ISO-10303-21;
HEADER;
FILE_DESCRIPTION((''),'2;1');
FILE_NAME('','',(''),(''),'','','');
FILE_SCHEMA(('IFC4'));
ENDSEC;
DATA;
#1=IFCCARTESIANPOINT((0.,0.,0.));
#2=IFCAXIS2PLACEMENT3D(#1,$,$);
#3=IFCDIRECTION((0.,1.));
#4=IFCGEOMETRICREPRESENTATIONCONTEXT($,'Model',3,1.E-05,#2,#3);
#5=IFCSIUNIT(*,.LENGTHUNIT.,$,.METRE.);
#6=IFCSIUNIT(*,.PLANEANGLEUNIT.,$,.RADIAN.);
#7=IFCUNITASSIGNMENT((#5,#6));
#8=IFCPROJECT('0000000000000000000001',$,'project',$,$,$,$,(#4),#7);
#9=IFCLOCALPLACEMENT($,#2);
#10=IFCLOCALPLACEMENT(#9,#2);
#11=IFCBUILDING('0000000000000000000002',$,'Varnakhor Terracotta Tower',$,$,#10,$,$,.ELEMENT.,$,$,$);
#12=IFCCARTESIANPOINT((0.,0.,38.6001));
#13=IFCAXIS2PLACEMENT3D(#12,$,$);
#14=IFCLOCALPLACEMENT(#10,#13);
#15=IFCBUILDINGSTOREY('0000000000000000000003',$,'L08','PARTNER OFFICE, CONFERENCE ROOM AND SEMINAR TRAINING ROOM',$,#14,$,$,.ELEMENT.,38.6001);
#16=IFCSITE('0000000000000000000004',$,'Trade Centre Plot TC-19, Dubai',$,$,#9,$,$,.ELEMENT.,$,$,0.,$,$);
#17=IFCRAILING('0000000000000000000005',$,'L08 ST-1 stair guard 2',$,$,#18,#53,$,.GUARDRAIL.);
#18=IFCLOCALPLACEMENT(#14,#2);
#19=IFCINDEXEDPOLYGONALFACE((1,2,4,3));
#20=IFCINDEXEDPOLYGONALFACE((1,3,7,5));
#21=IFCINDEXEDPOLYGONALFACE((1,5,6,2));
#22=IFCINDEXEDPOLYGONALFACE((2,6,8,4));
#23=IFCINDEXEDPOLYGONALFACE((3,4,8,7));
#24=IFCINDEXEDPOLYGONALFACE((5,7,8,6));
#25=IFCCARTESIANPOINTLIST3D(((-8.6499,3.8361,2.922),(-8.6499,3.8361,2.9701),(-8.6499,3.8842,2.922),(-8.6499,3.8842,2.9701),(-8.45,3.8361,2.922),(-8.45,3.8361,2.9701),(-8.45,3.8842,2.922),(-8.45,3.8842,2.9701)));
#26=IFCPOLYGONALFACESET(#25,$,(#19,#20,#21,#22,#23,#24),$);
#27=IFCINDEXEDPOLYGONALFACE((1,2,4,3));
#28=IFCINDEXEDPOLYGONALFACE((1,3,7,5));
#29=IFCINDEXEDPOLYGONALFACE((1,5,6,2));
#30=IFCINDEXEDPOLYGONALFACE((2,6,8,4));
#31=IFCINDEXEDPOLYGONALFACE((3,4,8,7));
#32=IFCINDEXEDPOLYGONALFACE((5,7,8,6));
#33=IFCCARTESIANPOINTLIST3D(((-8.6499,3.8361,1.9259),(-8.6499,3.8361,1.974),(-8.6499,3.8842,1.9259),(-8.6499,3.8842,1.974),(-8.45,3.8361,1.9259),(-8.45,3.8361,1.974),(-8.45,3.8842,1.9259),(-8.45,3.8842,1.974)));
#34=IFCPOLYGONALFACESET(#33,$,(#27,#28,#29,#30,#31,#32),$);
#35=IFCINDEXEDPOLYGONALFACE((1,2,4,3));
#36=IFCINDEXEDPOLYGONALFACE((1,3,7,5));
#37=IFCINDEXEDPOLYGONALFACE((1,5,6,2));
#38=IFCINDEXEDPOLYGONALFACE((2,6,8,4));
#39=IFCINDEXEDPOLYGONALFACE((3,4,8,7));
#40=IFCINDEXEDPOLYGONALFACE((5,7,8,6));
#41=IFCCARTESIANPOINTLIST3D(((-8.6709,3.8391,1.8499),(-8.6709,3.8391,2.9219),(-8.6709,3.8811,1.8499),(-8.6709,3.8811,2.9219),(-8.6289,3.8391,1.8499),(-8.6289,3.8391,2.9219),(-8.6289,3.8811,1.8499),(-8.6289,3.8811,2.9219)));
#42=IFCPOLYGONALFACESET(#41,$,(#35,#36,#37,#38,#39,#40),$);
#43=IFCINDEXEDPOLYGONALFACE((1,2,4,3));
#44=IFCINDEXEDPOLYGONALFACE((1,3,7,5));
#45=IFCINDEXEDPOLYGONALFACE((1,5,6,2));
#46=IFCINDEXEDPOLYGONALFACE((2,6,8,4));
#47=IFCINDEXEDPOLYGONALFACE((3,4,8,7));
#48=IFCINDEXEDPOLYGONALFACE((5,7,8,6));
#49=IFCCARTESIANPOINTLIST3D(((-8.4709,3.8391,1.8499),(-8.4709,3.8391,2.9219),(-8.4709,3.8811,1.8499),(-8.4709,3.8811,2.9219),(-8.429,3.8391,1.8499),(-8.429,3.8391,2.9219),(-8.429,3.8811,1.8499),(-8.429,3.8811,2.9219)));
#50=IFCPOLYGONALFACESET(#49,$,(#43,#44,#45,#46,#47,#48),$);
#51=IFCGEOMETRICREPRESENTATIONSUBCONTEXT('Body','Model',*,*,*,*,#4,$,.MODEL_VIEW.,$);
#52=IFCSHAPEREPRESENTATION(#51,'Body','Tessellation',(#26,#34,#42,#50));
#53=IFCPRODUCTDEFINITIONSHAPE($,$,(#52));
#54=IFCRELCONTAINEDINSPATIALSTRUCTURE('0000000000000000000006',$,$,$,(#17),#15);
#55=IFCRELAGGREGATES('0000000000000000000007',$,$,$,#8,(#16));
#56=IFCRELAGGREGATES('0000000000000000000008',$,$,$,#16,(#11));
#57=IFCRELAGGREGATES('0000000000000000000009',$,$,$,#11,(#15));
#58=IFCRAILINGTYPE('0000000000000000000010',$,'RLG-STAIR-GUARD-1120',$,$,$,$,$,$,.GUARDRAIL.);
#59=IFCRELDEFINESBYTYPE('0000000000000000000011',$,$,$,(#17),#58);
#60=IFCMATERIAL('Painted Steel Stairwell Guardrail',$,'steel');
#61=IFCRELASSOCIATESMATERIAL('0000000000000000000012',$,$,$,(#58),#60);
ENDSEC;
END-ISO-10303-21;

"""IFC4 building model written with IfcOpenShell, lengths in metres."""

from ifc_helpers import new_model, si_unit, direction, frame, origin, origin_2d, place, context, subcontext, project, spatial, rectangle, extrude, material, type_object, element, save


model = new_model("IFC4")

# Units and contexts
model_context = context("Model", 3, precision=1e-05, world=origin(), true_north=direction((0.0, 1.0)))
body_context = subcontext(model_context, "Body", "Model", "MODEL_VIEW")
ifc_project = project(units=[si_unit("LENGTHUNIT", "METRE"), si_unit("PLANEANGLEUNIT", "RADIAN")], contexts=[model_context])

# Site, building, storey
site_placement = place(None, origin())
site = spatial("IfcSite", under=ifc_project, at=site_placement, Name="Trade Centre Plot TC-19, Dubai", CompositionType="ELEMENT", RefElevation=0.0)
building_placement = place(site_placement, origin())
building = spatial("IfcBuilding", under=site, at=building_placement, Name="Varnakhor Terracotta Tower", CompositionType="ELEMENT")
storey_placement = place(building_placement, frame((0.0, 0.0, 38.6001)))
storey = spatial("IfcBuildingStorey", under=building, at=storey_placement, Name="L08", Description="PARTNER OFFICE, CONFERENCE ROOM AND SEMINAR TRAINING ROOM", CompositionType="ELEMENT", Elevation=38.6001)

# Railing
ifc_material_1 = material(Name="Painted Steel Stairwell Guardrail", Category="steel")
railing_type = type_object("IfcRailingType", Name="RLG-STAIR-GUARD-1120", PredefinedType="GUARDRAIL", material=ifc_material_1)
railing_placement = place(storey_placement, frame((-8.6499, 3.8601, 1.8499)))
element("IfcRailing", 1, at=railing_placement, inside=storey, type_object=railing_type, Name="L08 ST-1 stair guard 2", PredefinedType="GUARDRAIL", context=body_context, shape_type="SweptSolid", body=[
    extrude(rectangle(XDim=0.0481, YDim=0.0481, at=origin_2d()), frame((0.0, 0.0, 1.0962), z_axis=(1.0, 0.0, 0.0), x_axis=(0.0, 1.0, 0.0)), (0.0, 0.0, 1.0), 0.2),
    extrude(rectangle(XDim=0.0481, YDim=0.0481, at=origin_2d()), frame((0.0, 0.0, 0.1001), z_axis=(1.0, 0.0, 0.0), x_axis=(0.0, 1.0, 0.0)), (0.0, 0.0, 1.0), 0.2),
    extrude(rectangle(XDim=0.042, YDim=0.042, at=origin_2d()), origin(), (0.0, 0.0, 1.0), 1.072),
    extrude(rectangle(XDim=0.042, YDim=0.042, at=origin_2d()), frame((0.2, 0.0, 0.0)), (0.0, 0.0, 1.0), 1.072),
])

save(model, "model.ifc")
